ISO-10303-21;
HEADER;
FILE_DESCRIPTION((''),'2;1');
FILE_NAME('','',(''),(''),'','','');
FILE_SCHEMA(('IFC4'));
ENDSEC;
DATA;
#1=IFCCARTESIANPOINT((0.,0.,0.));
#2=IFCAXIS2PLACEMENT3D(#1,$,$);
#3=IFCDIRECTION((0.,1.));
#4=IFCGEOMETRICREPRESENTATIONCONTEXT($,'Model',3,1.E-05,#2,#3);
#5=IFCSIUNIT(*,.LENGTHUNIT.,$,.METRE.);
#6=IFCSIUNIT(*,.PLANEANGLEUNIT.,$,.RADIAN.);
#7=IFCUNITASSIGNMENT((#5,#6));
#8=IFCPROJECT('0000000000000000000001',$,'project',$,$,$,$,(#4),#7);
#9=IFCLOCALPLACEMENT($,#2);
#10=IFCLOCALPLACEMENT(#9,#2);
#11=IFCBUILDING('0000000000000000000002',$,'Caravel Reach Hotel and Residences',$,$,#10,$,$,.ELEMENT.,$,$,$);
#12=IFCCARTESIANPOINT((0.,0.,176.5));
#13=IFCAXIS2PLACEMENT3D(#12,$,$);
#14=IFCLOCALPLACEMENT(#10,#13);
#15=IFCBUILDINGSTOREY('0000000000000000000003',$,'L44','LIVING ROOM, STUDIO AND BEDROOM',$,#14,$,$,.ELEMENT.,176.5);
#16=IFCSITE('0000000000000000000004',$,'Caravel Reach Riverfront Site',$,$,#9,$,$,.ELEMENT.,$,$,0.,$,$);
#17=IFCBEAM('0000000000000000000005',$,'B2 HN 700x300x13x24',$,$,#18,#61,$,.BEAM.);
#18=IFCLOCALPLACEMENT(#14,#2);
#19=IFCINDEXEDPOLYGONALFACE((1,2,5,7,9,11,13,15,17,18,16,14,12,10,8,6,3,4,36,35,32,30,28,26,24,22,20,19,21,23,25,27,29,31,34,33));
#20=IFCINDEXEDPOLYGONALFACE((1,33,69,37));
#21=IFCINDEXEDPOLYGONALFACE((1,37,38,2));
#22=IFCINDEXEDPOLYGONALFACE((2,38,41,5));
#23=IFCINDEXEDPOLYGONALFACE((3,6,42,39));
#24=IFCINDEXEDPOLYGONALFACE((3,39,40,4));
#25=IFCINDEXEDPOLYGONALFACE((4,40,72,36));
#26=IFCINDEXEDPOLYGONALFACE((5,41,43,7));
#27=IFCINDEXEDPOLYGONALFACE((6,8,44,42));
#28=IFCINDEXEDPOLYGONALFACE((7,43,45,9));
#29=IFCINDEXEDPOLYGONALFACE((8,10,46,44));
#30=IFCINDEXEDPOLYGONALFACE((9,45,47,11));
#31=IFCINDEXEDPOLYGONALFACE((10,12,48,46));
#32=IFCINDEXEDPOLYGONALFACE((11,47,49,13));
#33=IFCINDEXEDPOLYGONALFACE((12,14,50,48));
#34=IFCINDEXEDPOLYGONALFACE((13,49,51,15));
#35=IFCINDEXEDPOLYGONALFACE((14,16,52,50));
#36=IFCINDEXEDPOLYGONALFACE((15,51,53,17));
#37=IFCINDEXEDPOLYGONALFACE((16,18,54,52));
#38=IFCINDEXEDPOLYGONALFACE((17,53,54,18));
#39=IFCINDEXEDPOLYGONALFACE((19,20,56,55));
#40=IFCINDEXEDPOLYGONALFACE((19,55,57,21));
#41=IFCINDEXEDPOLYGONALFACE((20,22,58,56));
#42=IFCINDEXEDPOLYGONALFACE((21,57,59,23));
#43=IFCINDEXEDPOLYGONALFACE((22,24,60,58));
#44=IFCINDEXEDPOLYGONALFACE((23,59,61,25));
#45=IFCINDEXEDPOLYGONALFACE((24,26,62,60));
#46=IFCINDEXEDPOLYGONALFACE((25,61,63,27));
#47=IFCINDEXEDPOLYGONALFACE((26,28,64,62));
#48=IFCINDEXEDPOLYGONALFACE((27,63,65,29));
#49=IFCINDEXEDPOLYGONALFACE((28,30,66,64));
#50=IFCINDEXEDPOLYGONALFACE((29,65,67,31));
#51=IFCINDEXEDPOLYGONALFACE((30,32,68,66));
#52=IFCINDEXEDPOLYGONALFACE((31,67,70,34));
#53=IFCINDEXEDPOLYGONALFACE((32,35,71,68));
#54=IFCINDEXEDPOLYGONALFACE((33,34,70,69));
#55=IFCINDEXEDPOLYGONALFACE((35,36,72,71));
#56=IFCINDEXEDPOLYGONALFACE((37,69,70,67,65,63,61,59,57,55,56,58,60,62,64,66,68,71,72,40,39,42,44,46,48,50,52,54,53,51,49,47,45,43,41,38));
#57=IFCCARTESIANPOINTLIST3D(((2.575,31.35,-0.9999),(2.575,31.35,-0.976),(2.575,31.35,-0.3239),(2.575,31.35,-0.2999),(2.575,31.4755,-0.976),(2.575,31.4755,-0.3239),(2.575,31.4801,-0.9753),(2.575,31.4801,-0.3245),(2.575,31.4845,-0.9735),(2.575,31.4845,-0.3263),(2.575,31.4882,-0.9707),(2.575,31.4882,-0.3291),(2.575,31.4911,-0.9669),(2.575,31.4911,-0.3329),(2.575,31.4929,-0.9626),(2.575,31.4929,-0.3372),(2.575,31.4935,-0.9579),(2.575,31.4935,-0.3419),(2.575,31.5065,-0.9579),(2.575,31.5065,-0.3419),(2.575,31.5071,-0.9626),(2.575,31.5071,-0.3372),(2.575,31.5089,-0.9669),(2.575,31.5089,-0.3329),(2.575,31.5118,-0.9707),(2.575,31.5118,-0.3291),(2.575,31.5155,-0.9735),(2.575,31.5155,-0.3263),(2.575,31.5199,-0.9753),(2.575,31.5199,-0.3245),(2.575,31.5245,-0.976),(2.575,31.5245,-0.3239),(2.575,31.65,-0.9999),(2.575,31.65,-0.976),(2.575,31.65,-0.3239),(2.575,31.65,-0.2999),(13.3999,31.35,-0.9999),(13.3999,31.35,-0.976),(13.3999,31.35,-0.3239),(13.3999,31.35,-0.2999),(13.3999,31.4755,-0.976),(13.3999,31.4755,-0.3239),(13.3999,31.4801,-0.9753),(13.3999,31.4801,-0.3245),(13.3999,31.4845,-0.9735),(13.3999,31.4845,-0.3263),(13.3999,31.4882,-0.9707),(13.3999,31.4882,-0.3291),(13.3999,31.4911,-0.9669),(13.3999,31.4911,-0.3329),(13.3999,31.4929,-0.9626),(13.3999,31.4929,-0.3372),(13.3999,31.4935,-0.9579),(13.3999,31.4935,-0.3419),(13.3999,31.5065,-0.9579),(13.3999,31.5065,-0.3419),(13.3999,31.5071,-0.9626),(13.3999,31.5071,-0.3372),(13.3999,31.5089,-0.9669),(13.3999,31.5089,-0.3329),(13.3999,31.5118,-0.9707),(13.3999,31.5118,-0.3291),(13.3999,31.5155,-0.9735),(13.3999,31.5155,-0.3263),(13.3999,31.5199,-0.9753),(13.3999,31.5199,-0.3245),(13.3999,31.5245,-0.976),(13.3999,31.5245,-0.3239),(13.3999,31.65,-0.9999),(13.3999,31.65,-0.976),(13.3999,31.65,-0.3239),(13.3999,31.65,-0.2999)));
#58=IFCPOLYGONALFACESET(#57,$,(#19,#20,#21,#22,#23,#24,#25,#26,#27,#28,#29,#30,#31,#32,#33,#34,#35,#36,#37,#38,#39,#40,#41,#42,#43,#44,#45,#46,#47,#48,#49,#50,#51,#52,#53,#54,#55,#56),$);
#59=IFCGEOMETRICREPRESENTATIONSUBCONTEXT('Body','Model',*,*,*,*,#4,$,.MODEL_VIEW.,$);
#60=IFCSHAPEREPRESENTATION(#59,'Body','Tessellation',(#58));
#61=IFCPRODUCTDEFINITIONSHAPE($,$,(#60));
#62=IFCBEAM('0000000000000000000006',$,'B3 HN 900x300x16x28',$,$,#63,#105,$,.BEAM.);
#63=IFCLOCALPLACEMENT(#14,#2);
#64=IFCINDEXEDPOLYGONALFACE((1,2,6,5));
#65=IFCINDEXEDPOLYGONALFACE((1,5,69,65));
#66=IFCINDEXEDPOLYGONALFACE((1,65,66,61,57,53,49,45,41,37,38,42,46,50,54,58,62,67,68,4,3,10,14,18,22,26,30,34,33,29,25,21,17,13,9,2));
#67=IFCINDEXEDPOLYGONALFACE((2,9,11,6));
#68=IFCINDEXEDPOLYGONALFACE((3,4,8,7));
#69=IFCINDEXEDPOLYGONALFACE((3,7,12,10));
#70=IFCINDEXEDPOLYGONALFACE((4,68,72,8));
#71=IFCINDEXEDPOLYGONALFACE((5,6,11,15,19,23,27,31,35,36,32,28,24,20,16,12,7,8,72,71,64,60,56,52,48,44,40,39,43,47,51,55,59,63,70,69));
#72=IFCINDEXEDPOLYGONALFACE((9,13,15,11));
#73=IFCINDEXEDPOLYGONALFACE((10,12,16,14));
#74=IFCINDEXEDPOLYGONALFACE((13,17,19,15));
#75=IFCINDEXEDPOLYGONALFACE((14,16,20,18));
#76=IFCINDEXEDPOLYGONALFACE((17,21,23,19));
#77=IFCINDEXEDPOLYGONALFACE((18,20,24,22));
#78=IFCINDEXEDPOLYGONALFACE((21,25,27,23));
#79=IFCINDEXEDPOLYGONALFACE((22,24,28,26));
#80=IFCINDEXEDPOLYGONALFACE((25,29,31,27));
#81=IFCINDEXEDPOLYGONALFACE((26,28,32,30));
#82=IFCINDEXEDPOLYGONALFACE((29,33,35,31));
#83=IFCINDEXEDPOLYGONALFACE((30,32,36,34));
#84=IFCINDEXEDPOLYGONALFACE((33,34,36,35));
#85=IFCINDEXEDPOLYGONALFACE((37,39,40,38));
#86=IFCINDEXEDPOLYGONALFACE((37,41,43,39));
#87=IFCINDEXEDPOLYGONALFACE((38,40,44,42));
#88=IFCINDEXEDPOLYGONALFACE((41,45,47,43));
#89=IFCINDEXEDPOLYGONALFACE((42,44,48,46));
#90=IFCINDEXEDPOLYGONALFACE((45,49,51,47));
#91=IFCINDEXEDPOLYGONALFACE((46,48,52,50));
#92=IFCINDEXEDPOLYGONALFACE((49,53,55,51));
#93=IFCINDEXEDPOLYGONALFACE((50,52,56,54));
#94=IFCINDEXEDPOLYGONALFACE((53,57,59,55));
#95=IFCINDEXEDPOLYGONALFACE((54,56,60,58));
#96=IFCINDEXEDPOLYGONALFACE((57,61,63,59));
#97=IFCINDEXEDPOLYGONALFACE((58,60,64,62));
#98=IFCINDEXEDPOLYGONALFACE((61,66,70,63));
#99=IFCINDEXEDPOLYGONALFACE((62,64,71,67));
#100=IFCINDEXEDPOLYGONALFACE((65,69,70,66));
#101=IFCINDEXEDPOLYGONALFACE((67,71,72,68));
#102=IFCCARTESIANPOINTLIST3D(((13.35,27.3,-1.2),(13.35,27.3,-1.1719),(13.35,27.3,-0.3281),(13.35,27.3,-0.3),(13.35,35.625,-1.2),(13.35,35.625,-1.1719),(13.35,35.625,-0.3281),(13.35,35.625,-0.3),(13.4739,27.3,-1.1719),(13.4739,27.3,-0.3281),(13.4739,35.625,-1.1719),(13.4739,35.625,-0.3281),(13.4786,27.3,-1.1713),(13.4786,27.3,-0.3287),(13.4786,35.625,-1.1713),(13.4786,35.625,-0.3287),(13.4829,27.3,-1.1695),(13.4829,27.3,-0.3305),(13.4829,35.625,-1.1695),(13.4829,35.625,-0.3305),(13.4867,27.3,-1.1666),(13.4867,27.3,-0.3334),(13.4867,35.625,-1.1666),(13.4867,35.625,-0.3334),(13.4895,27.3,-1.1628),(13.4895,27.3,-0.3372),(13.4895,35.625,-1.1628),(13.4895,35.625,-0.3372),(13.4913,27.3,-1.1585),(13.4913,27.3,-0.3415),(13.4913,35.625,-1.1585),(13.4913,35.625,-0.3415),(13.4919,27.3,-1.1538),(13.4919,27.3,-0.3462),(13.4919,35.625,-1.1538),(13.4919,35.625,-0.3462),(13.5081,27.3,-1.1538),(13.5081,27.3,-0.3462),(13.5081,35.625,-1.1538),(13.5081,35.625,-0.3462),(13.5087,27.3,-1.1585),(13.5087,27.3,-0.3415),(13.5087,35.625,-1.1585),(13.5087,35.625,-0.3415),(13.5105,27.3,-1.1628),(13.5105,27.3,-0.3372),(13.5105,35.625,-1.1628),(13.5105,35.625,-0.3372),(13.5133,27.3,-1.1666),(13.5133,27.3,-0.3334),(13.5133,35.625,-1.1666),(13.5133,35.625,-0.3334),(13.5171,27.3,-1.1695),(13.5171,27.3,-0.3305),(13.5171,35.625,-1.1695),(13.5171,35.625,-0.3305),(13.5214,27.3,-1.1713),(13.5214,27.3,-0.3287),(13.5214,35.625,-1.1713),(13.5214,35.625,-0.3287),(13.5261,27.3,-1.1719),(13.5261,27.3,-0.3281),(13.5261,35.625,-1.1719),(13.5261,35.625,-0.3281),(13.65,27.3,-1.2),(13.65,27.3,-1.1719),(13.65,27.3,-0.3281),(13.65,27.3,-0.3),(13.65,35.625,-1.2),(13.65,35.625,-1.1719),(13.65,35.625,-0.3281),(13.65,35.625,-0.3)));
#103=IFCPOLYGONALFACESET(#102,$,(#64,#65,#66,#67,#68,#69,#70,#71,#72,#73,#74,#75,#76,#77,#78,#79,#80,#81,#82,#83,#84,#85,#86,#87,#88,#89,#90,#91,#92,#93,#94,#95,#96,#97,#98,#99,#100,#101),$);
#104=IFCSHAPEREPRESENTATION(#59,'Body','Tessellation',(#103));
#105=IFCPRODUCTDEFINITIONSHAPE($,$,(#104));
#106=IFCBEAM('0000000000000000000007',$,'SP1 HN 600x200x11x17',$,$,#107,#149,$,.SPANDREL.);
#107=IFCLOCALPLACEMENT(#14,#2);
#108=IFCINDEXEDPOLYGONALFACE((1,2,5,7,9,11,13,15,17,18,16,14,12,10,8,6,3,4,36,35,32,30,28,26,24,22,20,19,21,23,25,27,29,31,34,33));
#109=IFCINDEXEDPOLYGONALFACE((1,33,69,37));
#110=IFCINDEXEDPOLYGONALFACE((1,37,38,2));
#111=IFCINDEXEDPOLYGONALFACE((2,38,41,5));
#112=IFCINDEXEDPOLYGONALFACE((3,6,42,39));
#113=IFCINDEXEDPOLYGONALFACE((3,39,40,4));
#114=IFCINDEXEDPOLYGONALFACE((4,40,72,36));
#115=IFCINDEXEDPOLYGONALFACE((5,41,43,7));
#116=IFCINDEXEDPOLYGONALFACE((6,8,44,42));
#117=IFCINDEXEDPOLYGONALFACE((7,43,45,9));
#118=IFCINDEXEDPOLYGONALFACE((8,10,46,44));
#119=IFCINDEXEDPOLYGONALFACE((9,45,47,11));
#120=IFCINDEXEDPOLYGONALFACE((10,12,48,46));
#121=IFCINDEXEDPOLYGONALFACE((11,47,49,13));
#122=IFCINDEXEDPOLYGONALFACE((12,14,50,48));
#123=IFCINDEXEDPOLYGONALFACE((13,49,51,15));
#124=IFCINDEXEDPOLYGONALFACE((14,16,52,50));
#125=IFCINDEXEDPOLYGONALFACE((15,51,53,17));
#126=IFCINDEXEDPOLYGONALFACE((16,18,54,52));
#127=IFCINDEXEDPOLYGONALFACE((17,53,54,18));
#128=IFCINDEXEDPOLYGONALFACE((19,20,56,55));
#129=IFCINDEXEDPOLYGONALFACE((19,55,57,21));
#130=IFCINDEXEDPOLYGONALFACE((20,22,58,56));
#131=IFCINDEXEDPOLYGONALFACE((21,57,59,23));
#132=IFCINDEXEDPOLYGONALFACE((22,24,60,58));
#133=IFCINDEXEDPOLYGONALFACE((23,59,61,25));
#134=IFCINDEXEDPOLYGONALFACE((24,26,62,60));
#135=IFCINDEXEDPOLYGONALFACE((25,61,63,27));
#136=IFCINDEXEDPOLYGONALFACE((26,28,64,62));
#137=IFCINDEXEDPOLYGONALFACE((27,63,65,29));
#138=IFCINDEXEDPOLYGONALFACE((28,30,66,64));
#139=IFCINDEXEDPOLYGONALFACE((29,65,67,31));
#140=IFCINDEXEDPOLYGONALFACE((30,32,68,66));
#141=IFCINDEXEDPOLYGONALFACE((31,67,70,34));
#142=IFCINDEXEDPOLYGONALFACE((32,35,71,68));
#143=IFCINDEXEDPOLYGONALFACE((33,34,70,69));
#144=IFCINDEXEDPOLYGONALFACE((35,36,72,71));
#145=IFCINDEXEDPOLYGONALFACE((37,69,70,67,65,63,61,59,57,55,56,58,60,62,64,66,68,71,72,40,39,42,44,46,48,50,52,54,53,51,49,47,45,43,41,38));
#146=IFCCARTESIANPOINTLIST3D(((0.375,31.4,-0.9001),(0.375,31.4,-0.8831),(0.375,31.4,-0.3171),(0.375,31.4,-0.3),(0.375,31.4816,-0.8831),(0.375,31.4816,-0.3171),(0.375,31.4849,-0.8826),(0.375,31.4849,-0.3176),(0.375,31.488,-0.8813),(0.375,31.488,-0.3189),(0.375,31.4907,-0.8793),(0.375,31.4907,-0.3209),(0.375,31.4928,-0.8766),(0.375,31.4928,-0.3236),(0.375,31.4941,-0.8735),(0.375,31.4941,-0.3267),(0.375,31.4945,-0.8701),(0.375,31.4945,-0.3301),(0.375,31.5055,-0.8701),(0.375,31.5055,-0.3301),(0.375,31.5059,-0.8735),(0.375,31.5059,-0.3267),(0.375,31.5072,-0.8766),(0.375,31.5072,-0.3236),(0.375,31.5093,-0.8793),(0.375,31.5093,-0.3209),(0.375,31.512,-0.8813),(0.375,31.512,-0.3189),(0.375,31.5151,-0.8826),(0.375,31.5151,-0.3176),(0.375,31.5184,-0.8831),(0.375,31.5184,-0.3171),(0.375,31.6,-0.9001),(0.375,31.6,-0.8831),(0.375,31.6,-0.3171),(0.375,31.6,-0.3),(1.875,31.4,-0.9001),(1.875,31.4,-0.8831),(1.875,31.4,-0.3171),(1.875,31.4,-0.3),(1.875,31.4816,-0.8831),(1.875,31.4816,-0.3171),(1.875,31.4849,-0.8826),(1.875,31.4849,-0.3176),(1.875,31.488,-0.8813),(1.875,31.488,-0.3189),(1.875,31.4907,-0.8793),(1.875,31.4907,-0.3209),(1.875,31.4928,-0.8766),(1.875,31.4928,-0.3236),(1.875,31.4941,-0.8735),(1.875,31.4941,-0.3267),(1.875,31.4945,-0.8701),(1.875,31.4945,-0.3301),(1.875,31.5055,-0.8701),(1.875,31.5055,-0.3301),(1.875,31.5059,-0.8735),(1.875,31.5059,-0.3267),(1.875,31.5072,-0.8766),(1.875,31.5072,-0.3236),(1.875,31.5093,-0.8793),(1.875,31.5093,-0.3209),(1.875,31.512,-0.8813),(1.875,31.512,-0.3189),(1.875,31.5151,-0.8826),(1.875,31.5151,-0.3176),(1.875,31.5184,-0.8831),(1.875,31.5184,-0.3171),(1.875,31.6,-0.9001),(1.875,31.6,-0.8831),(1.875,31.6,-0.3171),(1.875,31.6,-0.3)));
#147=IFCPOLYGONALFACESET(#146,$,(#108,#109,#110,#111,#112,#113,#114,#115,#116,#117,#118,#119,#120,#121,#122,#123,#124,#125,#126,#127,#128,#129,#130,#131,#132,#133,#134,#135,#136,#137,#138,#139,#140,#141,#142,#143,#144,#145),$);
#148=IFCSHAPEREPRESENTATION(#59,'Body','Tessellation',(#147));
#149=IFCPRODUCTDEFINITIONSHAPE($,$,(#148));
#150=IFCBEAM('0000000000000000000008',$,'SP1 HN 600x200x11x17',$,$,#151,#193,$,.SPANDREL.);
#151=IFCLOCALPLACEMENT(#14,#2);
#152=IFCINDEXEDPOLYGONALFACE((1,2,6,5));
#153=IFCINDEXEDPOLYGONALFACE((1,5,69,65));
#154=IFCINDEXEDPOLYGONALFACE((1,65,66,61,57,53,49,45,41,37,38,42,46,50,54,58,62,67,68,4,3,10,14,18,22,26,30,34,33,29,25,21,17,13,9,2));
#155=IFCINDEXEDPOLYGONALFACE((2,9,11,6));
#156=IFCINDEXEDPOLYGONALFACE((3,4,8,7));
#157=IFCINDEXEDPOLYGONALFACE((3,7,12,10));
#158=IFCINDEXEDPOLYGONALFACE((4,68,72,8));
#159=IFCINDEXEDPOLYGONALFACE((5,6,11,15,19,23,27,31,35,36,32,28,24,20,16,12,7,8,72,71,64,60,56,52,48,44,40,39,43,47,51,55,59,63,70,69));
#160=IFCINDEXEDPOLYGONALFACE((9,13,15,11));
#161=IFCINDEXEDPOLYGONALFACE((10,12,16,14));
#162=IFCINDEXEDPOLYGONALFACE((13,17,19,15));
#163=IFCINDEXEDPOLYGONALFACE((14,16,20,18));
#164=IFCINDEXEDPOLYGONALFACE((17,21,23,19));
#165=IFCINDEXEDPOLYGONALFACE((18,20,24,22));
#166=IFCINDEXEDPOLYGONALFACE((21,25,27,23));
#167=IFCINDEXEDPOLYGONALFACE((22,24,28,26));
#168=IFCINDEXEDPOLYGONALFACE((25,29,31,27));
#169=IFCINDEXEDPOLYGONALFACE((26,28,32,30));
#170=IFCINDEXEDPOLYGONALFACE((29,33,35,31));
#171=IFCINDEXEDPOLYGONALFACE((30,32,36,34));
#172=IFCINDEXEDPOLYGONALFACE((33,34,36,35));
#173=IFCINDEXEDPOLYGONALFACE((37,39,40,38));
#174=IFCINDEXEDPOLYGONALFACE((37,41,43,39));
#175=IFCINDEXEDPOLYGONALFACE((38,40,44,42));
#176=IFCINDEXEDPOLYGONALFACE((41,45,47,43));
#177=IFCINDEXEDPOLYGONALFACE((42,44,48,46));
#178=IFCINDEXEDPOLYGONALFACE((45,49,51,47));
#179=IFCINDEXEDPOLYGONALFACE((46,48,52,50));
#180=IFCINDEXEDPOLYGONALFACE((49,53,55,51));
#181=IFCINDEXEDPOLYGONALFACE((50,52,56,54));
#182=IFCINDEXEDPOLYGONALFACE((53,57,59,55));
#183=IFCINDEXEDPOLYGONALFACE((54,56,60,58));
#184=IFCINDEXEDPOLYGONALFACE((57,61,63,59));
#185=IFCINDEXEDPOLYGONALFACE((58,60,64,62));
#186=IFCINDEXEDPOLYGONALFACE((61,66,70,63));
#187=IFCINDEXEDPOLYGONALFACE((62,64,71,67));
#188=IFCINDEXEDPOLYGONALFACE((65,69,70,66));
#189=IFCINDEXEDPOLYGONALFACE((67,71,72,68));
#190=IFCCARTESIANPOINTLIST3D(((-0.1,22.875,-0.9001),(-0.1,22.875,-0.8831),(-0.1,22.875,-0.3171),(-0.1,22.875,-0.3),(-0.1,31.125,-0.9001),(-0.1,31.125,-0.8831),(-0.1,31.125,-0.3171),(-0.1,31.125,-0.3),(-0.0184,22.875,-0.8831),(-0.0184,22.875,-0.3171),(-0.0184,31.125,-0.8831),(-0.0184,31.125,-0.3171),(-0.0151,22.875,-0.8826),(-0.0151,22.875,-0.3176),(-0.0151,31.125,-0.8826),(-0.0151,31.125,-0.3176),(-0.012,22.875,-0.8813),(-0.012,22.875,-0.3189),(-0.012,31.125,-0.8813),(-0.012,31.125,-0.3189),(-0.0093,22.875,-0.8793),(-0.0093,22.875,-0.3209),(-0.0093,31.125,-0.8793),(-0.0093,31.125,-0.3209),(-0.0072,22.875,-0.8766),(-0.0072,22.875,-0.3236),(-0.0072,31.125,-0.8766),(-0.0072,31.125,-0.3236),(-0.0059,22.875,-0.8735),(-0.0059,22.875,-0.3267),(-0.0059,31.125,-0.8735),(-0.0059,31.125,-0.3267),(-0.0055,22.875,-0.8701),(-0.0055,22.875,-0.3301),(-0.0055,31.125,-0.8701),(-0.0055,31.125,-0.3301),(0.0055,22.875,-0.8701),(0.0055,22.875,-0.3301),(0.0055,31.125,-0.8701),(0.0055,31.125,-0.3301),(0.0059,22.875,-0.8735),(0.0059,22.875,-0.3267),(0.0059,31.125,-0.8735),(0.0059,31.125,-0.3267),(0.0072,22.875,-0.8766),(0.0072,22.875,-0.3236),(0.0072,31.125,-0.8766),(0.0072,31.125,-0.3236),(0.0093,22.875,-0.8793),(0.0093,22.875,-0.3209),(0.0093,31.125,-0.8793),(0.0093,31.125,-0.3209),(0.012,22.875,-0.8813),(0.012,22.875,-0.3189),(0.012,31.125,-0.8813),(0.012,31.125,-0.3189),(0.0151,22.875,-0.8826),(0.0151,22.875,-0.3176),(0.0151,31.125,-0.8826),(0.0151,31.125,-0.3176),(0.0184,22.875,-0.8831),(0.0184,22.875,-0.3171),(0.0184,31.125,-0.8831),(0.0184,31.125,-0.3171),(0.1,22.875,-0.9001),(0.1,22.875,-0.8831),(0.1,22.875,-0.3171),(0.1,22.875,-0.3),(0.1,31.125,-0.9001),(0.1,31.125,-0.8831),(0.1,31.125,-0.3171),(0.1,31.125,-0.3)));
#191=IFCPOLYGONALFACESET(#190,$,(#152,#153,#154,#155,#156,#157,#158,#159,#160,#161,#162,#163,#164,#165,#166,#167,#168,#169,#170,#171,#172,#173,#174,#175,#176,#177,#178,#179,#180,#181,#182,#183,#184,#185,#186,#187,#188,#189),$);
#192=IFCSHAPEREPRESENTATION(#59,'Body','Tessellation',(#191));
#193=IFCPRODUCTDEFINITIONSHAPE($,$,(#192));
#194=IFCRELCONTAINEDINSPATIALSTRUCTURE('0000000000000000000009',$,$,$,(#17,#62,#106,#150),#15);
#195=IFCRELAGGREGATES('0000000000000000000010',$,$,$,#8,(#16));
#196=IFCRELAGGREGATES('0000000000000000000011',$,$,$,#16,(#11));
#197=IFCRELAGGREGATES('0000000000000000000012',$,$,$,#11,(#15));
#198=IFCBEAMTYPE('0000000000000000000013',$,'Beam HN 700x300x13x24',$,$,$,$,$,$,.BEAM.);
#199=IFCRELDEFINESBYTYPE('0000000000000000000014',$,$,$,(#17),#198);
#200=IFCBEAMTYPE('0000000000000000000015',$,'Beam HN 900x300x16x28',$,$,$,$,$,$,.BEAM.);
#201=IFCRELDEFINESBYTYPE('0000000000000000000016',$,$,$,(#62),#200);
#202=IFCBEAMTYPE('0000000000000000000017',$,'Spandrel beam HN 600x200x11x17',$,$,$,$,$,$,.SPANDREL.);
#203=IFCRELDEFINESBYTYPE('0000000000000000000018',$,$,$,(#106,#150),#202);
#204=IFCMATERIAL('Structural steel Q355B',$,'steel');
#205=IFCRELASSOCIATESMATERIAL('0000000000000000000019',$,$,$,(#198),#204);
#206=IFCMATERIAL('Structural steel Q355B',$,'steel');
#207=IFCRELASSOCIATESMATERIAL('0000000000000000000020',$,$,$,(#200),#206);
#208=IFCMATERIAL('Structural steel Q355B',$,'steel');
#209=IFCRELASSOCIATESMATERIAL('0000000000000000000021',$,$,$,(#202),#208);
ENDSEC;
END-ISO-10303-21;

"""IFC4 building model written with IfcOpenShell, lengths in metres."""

from ifc_helpers import new_model, si_unit, direction, frame, origin, origin_2d, place, context, subcontext, project, spatial, i_section, extrude, material, material_profile, profile_set, type_object, element, save


model = new_model("IFC4")

# Units and contexts
model_context = context("Model", 3, precision=1e-05, world=origin(), true_north=direction((0.0, 1.0)))
body_context = subcontext(model_context, "Body", "Model", "MODEL_VIEW")
ifc_project = project(units=[si_unit("LENGTHUNIT", "METRE"), si_unit("PLANEANGLEUNIT", "RADIAN")], contexts=[model_context])

# Site, building, storey
site_placement = place(None, origin())
site = spatial("IfcSite", under=ifc_project, at=site_placement, Name="Caravel Reach Riverfront Site", CompositionType="ELEMENT", RefElevation=0.0)
building_placement = place(site_placement, origin())
building = spatial("IfcBuilding", under=site, at=building_placement, Name="Caravel Reach Hotel and Residences", CompositionType="ELEMENT")
storey_placement = place(building_placement, frame((0.0, 0.0, 176.5)))
storey = spatial("IfcBuildingStorey", under=building, at=storey_placement, Name="L44", Description="LIVING ROOM, STUDIO AND BEDROOM", CompositionType="ELEMENT", Elevation=176.5)

# Beams
ifc_material_1 = material(Name="Structural steel Q355B", Category="steel")
ifc_material_profile_1 = material_profile(ifc_material_1, i_section(OverallWidth=0.3, OverallDepth=0.7, WebThickness=0.0129, FlangeThickness=0.0239, FilletRadius=0.0181, at=origin_2d()), Name="HN 700x300x13x24")
ifc_profile_set_1 = profile_set([ifc_material_profile_1], Name="Structural steel Q355B")
beam_type_1 = type_object("IfcBeamType", Name="Beam HN 700x300x13x24", PredefinedType="BEAM", material=ifc_profile_set_1)
beam_1_placement = place(storey_placement, frame((13.3999, 31.5, -0.6499), z_axis=(-1.0, 0.0, 0.0), x_axis=(0.0, -1.0, 0.0)))
element("IfcBeam", 1, at=beam_1_placement, inside=storey, type_object=beam_type_1, Name="B2 HN 700x300x13x24", PredefinedType="BEAM", context=body_context, shape_type="SweptSolid", body=[
    extrude(i_section(OverallWidth=0.3, OverallDepth=0.7, WebThickness=0.0129, FlangeThickness=0.0239, FilletRadius=0.0181, at=origin_2d()), origin(), (0.0, 0.0, 1.0), 10.825),
])
ifc_material_2 = material(Name="Structural steel Q355B", Category="steel")
ifc_material_profile_2 = material_profile(ifc_material_2, i_section(OverallWidth=0.3, OverallDepth=0.8999, WebThickness=0.0161, FlangeThickness=0.0281, FilletRadius=0.0181, at=origin_2d()), Name="HN 900x300x16x28")
ifc_profile_set_2 = profile_set([ifc_material_profile_2], Name="Structural steel Q355B")
beam_type_2 = type_object("IfcBeamType", Name="Beam HN 900x300x16x28", PredefinedType="BEAM", material=ifc_profile_set_2)
beam_2_placement = place(storey_placement, frame((13.5, 27.3, -0.75), z_axis=(0.0, 1.0, 0.0), x_axis=(-1.0, 0.0, 0.0)))
element("IfcBeam", 2, at=beam_2_placement, inside=storey, type_object=beam_type_2, Name="B3 HN 900x300x16x28", PredefinedType="BEAM", context=body_context, shape_type="SweptSolid", body=[
    extrude(i_section(OverallWidth=0.3, OverallDepth=0.8999, WebThickness=0.0161, FlangeThickness=0.0281, FilletRadius=0.0181, at=origin_2d()), origin(), (0.0, 0.0, 1.0), 8.325),
])
ifc_material_3 = material(Name="Structural steel Q355B", Category="steel")
ifc_material_profile_3 = material_profile(ifc_material_3, i_section(OverallWidth=0.2, OverallDepth=0.6001, WebThickness=0.011, FlangeThickness=0.0171, FilletRadius=0.0129, at=origin_2d()), Name="HN 600x200x11x17")
ifc_profile_set_3 = profile_set([ifc_material_profile_3], Name="Structural steel Q355B")
beam_type_3 = type_object("IfcBeamType", Name="Spandrel beam HN 600x200x11x17", PredefinedType="SPANDREL", material=ifc_profile_set_3)
beam_3_placement = place(storey_placement, frame((1.875, 31.5, -0.6001), z_axis=(-1.0, 0.0, 0.0), x_axis=(0.0, -1.0, 0.0)))
element("IfcBeam", 3, at=beam_3_placement, inside=storey, type_object=beam_type_3, Name="SP1 HN 600x200x11x17", PredefinedType="SPANDREL", context=body_context, shape_type="SweptSolid", body=[
    extrude(i_section(OverallWidth=0.2, OverallDepth=0.6001, WebThickness=0.011, FlangeThickness=0.0171, FilletRadius=0.0129, at=origin_2d()), origin(), (0.0, 0.0, 1.0), 1.5),
])
beam_4_placement = place(storey_placement, frame((0.0, 31.125, -0.6001), z_axis=(0.0, -1.0, 0.0), x_axis=(1.0, 0.0, 0.0)))
element("IfcBeam", 4, at=beam_4_placement, inside=storey, type_object=beam_type_3, Name="SP1 HN 600x200x11x17", PredefinedType="SPANDREL", context=body_context, shape_type="SweptSolid", body=[
    extrude(i_section(OverallWidth=0.2, OverallDepth=0.6001, WebThickness=0.011, FlangeThickness=0.0171, FilletRadius=0.0129, at=origin_2d()), origin(), (0.0, 0.0, 1.0), 8.25),
])

save(model, "model.ifc")
